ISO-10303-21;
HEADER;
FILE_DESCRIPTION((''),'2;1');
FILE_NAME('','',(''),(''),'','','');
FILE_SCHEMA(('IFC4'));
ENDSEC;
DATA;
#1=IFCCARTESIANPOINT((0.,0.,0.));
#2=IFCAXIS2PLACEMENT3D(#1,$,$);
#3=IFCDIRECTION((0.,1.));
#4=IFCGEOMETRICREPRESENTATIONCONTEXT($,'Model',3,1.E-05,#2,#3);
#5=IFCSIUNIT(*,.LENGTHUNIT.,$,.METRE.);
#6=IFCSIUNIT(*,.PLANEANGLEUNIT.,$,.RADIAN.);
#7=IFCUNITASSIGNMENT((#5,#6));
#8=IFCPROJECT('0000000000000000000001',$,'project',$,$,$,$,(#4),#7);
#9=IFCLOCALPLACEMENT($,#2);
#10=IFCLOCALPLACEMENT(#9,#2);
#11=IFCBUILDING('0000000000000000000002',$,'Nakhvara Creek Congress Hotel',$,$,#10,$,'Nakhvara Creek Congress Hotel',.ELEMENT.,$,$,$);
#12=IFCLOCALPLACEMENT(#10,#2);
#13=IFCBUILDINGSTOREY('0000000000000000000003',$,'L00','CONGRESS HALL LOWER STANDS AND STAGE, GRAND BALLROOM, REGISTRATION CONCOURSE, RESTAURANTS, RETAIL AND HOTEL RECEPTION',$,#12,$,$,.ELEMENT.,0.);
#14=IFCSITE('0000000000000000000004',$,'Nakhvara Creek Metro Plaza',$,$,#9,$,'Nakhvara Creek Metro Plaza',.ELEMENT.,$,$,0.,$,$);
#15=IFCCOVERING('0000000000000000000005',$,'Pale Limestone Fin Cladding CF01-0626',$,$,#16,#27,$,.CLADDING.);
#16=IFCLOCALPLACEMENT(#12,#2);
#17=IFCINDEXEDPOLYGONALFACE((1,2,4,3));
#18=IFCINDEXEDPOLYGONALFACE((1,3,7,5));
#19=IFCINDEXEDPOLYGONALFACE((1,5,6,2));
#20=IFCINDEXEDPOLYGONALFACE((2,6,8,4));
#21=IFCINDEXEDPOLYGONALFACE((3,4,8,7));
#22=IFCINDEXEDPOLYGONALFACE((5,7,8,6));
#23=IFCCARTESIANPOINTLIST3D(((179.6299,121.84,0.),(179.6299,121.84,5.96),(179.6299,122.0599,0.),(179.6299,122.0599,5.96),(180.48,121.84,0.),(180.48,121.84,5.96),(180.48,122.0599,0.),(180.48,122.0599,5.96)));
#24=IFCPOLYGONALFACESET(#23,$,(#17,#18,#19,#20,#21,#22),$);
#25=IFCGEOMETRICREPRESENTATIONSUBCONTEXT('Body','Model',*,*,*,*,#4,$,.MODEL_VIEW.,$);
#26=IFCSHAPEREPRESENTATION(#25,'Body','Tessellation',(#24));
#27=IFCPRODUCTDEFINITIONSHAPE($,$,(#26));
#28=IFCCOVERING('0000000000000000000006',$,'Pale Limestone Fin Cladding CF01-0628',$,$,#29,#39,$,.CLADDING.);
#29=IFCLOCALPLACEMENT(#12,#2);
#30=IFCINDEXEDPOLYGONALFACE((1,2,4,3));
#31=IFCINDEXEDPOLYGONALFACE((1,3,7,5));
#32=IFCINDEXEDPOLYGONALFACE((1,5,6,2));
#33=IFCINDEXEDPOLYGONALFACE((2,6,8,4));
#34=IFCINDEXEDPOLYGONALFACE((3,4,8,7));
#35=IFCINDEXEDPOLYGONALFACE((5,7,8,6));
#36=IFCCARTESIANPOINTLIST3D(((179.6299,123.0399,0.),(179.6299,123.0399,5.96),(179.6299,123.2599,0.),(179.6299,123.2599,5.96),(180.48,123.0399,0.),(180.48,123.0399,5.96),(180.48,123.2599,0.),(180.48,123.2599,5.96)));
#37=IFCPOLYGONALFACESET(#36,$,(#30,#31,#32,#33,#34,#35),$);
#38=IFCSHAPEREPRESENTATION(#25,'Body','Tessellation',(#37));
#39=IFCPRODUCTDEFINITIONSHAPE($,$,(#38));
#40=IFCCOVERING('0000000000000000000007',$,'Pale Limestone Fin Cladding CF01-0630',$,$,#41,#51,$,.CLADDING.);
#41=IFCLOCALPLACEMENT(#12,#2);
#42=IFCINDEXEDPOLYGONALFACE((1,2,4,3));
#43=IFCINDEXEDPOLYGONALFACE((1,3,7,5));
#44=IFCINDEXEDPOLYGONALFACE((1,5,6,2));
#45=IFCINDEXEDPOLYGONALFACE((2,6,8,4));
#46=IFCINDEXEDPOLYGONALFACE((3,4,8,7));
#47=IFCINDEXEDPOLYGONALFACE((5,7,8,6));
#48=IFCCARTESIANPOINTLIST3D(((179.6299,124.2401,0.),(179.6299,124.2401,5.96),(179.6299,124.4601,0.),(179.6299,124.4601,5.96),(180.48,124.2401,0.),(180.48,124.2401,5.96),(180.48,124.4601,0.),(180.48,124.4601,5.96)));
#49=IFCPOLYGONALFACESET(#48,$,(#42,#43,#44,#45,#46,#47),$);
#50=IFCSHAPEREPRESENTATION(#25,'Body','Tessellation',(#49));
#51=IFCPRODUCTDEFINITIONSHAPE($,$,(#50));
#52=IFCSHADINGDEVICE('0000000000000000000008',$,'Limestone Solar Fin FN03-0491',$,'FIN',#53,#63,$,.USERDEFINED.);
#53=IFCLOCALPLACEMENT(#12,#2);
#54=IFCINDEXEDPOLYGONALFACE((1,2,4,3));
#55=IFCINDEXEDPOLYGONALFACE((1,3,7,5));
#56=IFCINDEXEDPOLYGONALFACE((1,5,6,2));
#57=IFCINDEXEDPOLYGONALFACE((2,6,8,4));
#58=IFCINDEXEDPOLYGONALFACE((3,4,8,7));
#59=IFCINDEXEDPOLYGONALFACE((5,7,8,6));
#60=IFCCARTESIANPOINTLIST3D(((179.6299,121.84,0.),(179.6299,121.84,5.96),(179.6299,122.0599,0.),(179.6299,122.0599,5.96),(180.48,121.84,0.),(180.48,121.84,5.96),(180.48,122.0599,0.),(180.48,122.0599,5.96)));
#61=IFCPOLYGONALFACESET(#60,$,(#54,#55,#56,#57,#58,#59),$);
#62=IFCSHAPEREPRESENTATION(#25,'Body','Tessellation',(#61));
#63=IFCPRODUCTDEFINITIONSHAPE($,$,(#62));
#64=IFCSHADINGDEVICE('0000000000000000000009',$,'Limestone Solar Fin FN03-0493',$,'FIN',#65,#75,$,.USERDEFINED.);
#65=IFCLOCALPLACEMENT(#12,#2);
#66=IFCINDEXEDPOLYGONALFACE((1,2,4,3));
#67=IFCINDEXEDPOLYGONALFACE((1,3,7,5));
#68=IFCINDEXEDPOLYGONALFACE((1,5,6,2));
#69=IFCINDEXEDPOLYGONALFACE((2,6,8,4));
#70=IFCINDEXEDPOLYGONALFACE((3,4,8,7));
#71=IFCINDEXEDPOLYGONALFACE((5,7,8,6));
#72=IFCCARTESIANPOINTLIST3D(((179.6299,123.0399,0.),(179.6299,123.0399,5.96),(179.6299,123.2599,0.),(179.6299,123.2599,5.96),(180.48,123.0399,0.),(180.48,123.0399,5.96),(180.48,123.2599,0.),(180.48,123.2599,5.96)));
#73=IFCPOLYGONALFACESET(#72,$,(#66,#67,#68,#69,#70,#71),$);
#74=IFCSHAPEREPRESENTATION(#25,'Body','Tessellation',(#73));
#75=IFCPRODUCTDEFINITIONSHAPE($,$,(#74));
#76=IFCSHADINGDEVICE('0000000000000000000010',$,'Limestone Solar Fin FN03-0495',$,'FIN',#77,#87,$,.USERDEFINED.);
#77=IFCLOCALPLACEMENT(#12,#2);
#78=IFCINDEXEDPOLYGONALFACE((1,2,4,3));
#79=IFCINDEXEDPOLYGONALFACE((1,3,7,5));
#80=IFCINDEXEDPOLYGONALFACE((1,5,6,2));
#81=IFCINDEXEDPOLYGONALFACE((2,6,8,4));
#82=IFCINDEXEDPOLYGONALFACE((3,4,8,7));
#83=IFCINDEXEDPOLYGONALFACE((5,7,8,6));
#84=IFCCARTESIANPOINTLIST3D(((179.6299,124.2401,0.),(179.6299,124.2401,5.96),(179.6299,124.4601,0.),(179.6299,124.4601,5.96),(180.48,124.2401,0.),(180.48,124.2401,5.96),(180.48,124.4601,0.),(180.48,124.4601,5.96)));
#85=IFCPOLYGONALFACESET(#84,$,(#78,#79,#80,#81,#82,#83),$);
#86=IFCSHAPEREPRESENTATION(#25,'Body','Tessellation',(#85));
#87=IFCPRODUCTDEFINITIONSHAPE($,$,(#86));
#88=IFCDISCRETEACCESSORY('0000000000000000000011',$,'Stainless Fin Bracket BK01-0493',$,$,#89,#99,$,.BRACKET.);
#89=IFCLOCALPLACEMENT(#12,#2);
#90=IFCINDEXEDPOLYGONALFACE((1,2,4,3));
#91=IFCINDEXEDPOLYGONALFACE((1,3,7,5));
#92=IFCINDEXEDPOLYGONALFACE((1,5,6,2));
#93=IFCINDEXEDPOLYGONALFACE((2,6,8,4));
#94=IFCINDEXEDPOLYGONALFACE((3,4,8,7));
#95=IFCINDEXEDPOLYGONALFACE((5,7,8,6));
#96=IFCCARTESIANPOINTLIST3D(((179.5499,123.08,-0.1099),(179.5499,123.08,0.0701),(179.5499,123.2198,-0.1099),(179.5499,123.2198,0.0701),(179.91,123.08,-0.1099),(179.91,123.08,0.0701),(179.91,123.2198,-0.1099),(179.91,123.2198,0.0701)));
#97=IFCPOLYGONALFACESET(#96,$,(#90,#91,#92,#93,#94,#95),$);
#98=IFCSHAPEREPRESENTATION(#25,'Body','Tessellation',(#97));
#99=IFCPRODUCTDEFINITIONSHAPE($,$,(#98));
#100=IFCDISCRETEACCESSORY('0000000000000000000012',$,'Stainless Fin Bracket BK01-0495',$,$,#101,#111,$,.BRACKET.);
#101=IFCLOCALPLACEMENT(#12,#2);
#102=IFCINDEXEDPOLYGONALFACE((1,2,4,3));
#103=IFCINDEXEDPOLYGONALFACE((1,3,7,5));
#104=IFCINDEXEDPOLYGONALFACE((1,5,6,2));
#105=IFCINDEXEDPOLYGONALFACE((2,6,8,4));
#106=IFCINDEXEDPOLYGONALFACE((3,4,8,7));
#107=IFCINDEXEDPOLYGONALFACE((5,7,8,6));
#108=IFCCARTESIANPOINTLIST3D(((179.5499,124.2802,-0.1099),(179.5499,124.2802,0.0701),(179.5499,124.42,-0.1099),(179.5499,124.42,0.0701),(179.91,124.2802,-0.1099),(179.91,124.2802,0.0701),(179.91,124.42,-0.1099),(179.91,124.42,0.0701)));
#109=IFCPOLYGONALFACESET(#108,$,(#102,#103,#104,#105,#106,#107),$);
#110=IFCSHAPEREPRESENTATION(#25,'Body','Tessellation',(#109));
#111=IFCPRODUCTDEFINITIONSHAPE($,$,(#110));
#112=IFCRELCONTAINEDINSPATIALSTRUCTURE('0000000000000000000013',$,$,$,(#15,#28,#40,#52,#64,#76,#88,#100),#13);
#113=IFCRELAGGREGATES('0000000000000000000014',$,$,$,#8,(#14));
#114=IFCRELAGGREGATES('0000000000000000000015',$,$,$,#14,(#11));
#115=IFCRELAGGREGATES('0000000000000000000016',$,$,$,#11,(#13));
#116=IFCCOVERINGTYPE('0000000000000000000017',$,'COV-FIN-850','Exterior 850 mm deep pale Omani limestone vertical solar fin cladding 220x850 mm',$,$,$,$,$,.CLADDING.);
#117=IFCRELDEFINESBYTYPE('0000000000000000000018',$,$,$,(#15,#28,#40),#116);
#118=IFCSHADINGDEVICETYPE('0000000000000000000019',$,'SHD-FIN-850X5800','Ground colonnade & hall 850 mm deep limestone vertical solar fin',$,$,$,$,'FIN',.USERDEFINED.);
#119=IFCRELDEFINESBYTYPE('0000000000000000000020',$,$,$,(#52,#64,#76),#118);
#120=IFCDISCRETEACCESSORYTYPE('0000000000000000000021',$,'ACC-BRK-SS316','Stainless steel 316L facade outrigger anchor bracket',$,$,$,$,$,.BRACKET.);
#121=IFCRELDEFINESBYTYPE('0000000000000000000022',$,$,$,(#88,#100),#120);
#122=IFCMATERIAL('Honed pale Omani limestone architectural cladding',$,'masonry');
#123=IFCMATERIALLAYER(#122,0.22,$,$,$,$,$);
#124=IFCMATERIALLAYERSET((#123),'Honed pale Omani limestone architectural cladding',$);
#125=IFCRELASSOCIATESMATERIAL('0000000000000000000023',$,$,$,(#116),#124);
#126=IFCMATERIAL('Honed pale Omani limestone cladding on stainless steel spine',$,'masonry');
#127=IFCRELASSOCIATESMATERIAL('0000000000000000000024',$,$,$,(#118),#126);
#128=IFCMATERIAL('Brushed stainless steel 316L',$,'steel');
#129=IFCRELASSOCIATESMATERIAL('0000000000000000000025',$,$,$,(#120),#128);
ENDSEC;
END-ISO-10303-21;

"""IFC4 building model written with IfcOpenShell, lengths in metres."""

from ifc_helpers import new_model, si_unit, direction, frame, origin, origin_2d, place, context, subcontext, project, spatial, rectangle, extrude, material, layer, layer_set, type_object, element, save


model = new_model("IFC4")

# Units and contexts
model_context = context("Model", 3, precision=1e-05, world=origin(), true_north=direction((0.0, 1.0)))
body_context = subcontext(model_context, "Body", "Model", "MODEL_VIEW")
ifc_project = project(units=[si_unit("LENGTHUNIT", "METRE"), si_unit("PLANEANGLEUNIT", "RADIAN")], contexts=[model_context])

# Site, building, storey
site_placement = place(None, origin())
site = spatial("IfcSite", under=ifc_project, at=site_placement, Name="Nakhvara Creek Metro Plaza", LongName="Nakhvara Creek Metro Plaza", CompositionType="ELEMENT", RefElevation=0.0)
building_placement = place(site_placement, origin())
building = spatial("IfcBuilding", under=site, at=building_placement, Name="Nakhvara Creek Congress Hotel", LongName="Nakhvara Creek Congress Hotel", CompositionType="ELEMENT")
storey_placement = place(building_placement, origin())
storey = spatial("IfcBuildingStorey", under=building, at=storey_placement, Name="L00", Description="CONGRESS HALL LOWER STANDS AND STAGE, GRAND BALLROOM, REGISTRATION CONCOURSE, RESTAURANTS, RETAIL AND HOTEL RECEPTION", CompositionType="ELEMENT", Elevation=0.0)

# Coverings
ifc_material_1 = material(Name="Honed pale Omani limestone architectural cladding", Category="masonry")
ifc_layer = layer(ifc_material_1, 0.22)
ifc_layer_set = layer_set([ifc_layer], Name="Honed pale Omani limestone architectural cladding")
covering_type = type_object("IfcCoveringType", Name="COV-FIN-850", Description="Exterior 850 mm deep pale Omani limestone vertical solar fin cladding 220x850 mm", PredefinedType="CLADDING", material=ifc_layer_set)
for number, where, z_axis, x_axis, name in (
    (1, (180.0549, 121.95, 0.0), (0.0, 0.0, 1.0), (0.0, 1.0, 0.0), "Pale Limestone Fin Cladding CF01-0626"),
    (2, (180.0549, 123.1499, 0.0), (0.0, 0.0, 1.0), (0.0, 1.0, 0.0), "Pale Limestone Fin Cladding CF01-0628"),
    (3, (180.0549, 124.3501, 0.0), (0.0, 0.0, 1.0), (0.0, 1.0, 0.0), "Pale Limestone Fin Cladding CF01-0630"),
):
    element("IfcCovering", number, at=place(storey_placement, frame(where, z_axis=z_axis, x_axis=x_axis)), inside=storey, type_object=covering_type, Name=name, PredefinedType="CLADDING", context=body_context, shape_type="SweptSolid", body=[
        extrude(rectangle(XDim=0.22, YDim=0.8501, at=origin_2d()), origin(), (0.0, 0.0, 1.0), 5.96),
    ])

# Shading devices
ifc_material_2 = material(Name="Honed pale Omani limestone cladding on stainless steel spine", Category="masonry")
shading_device_type = type_object("IfcShadingDeviceType", Name="SHD-FIN-850X5800", Description="Ground colonnade & hall 850 mm deep limestone vertical solar fin", ElementType="FIN", PredefinedType="USERDEFINED", material=ifc_material_2)
for number, where, z_axis, x_axis, name in (
    (4, (180.0549, 121.95, 0.0), (0.0, 0.0, 1.0), (0.0, 1.0, 0.0), "Limestone Solar Fin FN03-0491"),
    (5, (180.0549, 123.1499, 0.0), (0.0, 0.0, 1.0), (0.0, 1.0, 0.0), "Limestone Solar Fin FN03-0493"),
    (6, (180.0549, 124.3501, 0.0), (0.0, 0.0, 1.0), (0.0, 1.0, 0.0), "Limestone Solar Fin FN03-0495"),
):
    element("IfcShadingDevice", number, at=place(storey_placement, frame(where, z_axis=z_axis, x_axis=x_axis)), inside=storey, type_object=shading_device_type, Name=name, ObjectType="FIN", PredefinedType="USERDEFINED", context=body_context, shape_type="SweptSolid", body=[
        extrude(rectangle(XDim=0.22, YDim=0.8501, at=origin_2d()), origin(), (0.0, 0.0, 1.0), 5.96),
    ])

# Discrete accessories
ifc_material_3 = material(Name="Brushed stainless steel 316L", Category="steel")
discrete_accessory_type = type_object("IfcDiscreteAccessoryType", Name="ACC-BRK-SS316", Description="Stainless steel 316L facade outrigger anchor bracket", PredefinedType="BRACKET", material=ifc_material_3)
for number, where, z_axis, x_axis, name in (
    (7, (179.73, 123.1499, -0.1099), (0.0, 0.0, 1.0), (0.0, 1.0, 0.0), "Stainless Fin Bracket BK01-0493"),
    (8, (179.73, 124.3501, -0.1099), (0.0, 0.0, 1.0), (0.0, 1.0, 0.0), "Stainless Fin Bracket BK01-0495"),
):
    element("IfcDiscreteAccessory", number, at=place(storey_placement, frame(where, z_axis=z_axis, x_axis=x_axis)), inside=storey, type_object=discrete_accessory_type, Name=name, PredefinedType="BRACKET", context=body_context, shape_type="SweptSolid", body=[
        extrude(rectangle(XDim=0.1399, YDim=0.3601, at=origin_2d()), origin(), (0.0, 0.0, 1.0), 0.1799),
    ])

save(model, "model.ifc")
